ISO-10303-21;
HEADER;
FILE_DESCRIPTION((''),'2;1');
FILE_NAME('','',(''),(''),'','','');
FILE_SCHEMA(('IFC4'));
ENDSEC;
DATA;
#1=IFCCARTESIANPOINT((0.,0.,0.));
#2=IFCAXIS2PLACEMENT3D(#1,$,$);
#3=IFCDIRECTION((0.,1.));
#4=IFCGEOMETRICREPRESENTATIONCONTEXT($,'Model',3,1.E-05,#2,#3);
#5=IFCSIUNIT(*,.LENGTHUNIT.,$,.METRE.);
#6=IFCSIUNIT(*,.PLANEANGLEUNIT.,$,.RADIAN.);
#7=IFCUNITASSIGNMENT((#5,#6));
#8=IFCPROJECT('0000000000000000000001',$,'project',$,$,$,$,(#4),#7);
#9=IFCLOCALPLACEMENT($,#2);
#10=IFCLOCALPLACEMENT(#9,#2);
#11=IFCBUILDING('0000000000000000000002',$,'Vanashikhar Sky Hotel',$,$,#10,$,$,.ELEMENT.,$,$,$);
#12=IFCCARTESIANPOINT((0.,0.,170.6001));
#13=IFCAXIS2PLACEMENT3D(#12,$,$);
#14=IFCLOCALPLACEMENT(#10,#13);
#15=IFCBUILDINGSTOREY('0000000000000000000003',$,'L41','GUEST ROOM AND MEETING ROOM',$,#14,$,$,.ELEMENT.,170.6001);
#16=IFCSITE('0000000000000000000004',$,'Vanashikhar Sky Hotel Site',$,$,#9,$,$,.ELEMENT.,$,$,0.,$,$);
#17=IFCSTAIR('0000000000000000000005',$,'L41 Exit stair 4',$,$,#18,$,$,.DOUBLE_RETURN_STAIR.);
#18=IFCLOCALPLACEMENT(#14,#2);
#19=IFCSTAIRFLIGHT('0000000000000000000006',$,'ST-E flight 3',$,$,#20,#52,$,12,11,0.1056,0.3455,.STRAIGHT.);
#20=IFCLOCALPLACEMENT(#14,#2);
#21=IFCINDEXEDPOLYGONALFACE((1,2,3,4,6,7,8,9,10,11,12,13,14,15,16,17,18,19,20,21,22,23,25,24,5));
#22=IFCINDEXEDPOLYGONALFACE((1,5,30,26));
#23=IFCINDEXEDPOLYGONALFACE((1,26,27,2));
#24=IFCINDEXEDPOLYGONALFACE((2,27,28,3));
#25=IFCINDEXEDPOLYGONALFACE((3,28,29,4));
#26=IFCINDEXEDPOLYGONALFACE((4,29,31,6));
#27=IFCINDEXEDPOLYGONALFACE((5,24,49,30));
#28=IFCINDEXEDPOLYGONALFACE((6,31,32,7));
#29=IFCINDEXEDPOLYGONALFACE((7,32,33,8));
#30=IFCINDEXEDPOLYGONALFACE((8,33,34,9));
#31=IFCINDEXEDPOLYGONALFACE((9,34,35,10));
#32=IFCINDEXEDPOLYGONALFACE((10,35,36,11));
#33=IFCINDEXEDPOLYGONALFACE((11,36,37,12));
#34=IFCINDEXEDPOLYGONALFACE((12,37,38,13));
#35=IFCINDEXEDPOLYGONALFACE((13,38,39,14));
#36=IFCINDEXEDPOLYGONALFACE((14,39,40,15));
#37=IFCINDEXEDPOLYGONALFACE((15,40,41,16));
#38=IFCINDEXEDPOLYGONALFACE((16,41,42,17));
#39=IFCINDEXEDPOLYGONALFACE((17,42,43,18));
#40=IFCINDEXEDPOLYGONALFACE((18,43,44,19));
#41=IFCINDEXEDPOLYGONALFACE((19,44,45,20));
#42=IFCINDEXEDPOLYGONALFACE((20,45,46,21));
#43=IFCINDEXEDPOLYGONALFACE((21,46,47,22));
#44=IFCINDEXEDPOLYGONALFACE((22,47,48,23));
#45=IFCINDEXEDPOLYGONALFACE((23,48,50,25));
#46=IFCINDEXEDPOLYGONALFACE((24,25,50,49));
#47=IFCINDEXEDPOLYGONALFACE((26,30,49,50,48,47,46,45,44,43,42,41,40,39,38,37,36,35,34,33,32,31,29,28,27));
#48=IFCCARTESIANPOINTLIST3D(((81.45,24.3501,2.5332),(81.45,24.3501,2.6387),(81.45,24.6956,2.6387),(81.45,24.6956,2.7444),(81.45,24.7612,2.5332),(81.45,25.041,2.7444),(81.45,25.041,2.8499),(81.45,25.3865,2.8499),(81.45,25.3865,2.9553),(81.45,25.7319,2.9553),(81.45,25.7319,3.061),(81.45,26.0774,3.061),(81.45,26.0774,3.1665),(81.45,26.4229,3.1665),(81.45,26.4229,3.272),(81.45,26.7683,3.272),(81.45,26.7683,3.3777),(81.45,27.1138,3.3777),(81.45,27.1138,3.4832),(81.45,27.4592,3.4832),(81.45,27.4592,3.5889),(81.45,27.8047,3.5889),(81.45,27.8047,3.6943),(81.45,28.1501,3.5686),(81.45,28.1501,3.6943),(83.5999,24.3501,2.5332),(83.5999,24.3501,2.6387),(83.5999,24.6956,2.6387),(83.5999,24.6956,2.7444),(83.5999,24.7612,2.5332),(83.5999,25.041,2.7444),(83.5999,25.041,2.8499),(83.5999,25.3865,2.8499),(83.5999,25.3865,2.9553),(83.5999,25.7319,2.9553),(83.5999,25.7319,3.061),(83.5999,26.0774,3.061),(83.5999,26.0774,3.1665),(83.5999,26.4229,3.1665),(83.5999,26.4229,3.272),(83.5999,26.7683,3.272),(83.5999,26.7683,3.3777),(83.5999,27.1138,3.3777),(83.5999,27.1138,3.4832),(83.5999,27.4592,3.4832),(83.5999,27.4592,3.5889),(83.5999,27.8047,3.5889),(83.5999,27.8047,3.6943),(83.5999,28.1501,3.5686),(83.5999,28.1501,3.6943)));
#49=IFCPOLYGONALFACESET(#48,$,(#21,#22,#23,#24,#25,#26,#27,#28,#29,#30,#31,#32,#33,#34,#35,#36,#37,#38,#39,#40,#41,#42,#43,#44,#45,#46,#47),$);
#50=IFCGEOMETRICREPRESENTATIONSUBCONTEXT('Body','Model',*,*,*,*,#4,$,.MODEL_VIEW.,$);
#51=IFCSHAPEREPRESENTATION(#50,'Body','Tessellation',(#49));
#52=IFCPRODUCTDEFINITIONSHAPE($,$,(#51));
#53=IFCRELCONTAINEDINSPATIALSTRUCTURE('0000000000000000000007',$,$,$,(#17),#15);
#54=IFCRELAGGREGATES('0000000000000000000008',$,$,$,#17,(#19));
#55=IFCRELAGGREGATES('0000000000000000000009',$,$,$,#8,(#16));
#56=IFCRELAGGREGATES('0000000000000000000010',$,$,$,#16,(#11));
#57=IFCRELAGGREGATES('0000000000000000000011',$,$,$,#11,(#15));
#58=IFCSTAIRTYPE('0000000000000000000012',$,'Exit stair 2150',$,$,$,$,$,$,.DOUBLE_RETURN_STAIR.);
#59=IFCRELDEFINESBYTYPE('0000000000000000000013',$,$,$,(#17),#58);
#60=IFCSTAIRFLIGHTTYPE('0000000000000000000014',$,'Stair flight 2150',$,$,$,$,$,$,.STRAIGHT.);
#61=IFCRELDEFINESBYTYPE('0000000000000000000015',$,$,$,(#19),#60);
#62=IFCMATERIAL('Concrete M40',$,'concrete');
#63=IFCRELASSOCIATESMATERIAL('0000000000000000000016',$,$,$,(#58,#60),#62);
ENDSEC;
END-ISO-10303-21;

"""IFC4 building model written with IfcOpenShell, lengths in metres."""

from ifc_helpers import new_model, si_unit, direction, frame, origin, place, context, subcontext, project, spatial, polyline, outline, extrude, source, transform, mapped, material, type_object, element, aggregate, save


model = new_model("IFC4")

# Units and contexts
model_context = context("Model", 3, precision=1e-05, world=origin(), true_north=direction((0.0, 1.0)))
body_context = subcontext(model_context, "Body", "Model", "MODEL_VIEW")
ifc_project = project(units=[si_unit("LENGTHUNIT", "METRE"), si_unit("PLANEANGLEUNIT", "RADIAN")], contexts=[model_context])

# Site, building, storey
site_placement = place(None, origin())
site = spatial("IfcSite", under=ifc_project, at=site_placement, Name="Vanashikhar Sky Hotel Site", CompositionType="ELEMENT", RefElevation=0.0)
building_placement = place(site_placement, origin())
building = spatial("IfcBuilding", under=site, at=building_placement, Name="Vanashikhar Sky Hotel", CompositionType="ELEMENT")
storey_placement = place(building_placement, frame((0.0, 0.0, 170.6001)))
storey = spatial("IfcBuildingStorey", under=building, at=storey_placement, Name="L41", Description="GUEST ROOM AND MEETING ROOM", CompositionType="ELEMENT", Elevation=170.6001)

# Stair, stair flight
ifc_material_1 = material(Name="Concrete M40", Category="concrete")
stair_type = type_object("IfcStairType", Name="Exit stair 2150", PredefinedType="DOUBLE_RETURN_STAIR", material=ifc_material_1)
stair_placement = place(storey_placement, origin())
stair = element("IfcStair", 1, at=stair_placement, inside=storey, type_object=stair_type, Name="L41 Exit stair 4", PredefinedType="DOUBLE_RETURN_STAIR")
stair_flight_type = type_object("IfcStairFlightType", Name="Stair flight 2150", PredefinedType="STRAIGHT", material=ifc_material_1)
shared_shape_1 = source(origin(), body_context, "Body", "SweptSolid", [
    extrude(outline(polyline([(0.0, 0.0), (0.0, 0.1055), (0.3455, 0.1055), (0.3455, 0.2112), (0.6909, 0.2112), (0.6909, 0.3167), (1.0364, 0.3167), (1.0364, 0.4221), (1.3818, 0.4221), (1.3818, 0.5278), (1.7273, 0.5278), (1.7273, 0.6333), (2.0728, 0.6333), (2.0728, 0.7388), (2.4182, 0.7388), (2.4182, 0.8445), (2.7637, 0.8445), (2.7637, 0.95), (3.1091, 0.95), (3.1091, 1.0557), (3.4546, 1.0557), (3.4546, 1.1611), (3.8, 1.1611), (3.8, 1.2666), (3.8, 1.0354), (0.4111, 0.0), (0.0, 0.0)])), frame((0.0, 1.075, 0.0), z_axis=(0.0, -1.0, 0.0), x_axis=(1.0, 0.0, 0.0)), (0.0, 0.0, 1.0), 2.1499),
])
stair_flight_1_placement = place(storey_placement, frame((82.5249, 24.3501, 2.5332), z_axis=(0.0, 0.0, 1.0), x_axis=(0.0, 1.0, 0.0)))
stair_flight_1 = element("IfcStairFlight", 2, at=stair_flight_1_placement, type_object=stair_flight_type, Name="ST-E flight 3", NumberOfRisers=12, NumberOfTreads=11, PredefinedType="STRAIGHT", RiserHeight=0.1056, TreadLength=0.3455, context=body_context, shape_type="MappedRepresentation", body=[
    mapped(shared_shape_1, transform((0.0, 0.0, 0.0), scale=1.0)),
])
aggregate(stair, [stair_flight_1])

save(model, "model.ifc")
